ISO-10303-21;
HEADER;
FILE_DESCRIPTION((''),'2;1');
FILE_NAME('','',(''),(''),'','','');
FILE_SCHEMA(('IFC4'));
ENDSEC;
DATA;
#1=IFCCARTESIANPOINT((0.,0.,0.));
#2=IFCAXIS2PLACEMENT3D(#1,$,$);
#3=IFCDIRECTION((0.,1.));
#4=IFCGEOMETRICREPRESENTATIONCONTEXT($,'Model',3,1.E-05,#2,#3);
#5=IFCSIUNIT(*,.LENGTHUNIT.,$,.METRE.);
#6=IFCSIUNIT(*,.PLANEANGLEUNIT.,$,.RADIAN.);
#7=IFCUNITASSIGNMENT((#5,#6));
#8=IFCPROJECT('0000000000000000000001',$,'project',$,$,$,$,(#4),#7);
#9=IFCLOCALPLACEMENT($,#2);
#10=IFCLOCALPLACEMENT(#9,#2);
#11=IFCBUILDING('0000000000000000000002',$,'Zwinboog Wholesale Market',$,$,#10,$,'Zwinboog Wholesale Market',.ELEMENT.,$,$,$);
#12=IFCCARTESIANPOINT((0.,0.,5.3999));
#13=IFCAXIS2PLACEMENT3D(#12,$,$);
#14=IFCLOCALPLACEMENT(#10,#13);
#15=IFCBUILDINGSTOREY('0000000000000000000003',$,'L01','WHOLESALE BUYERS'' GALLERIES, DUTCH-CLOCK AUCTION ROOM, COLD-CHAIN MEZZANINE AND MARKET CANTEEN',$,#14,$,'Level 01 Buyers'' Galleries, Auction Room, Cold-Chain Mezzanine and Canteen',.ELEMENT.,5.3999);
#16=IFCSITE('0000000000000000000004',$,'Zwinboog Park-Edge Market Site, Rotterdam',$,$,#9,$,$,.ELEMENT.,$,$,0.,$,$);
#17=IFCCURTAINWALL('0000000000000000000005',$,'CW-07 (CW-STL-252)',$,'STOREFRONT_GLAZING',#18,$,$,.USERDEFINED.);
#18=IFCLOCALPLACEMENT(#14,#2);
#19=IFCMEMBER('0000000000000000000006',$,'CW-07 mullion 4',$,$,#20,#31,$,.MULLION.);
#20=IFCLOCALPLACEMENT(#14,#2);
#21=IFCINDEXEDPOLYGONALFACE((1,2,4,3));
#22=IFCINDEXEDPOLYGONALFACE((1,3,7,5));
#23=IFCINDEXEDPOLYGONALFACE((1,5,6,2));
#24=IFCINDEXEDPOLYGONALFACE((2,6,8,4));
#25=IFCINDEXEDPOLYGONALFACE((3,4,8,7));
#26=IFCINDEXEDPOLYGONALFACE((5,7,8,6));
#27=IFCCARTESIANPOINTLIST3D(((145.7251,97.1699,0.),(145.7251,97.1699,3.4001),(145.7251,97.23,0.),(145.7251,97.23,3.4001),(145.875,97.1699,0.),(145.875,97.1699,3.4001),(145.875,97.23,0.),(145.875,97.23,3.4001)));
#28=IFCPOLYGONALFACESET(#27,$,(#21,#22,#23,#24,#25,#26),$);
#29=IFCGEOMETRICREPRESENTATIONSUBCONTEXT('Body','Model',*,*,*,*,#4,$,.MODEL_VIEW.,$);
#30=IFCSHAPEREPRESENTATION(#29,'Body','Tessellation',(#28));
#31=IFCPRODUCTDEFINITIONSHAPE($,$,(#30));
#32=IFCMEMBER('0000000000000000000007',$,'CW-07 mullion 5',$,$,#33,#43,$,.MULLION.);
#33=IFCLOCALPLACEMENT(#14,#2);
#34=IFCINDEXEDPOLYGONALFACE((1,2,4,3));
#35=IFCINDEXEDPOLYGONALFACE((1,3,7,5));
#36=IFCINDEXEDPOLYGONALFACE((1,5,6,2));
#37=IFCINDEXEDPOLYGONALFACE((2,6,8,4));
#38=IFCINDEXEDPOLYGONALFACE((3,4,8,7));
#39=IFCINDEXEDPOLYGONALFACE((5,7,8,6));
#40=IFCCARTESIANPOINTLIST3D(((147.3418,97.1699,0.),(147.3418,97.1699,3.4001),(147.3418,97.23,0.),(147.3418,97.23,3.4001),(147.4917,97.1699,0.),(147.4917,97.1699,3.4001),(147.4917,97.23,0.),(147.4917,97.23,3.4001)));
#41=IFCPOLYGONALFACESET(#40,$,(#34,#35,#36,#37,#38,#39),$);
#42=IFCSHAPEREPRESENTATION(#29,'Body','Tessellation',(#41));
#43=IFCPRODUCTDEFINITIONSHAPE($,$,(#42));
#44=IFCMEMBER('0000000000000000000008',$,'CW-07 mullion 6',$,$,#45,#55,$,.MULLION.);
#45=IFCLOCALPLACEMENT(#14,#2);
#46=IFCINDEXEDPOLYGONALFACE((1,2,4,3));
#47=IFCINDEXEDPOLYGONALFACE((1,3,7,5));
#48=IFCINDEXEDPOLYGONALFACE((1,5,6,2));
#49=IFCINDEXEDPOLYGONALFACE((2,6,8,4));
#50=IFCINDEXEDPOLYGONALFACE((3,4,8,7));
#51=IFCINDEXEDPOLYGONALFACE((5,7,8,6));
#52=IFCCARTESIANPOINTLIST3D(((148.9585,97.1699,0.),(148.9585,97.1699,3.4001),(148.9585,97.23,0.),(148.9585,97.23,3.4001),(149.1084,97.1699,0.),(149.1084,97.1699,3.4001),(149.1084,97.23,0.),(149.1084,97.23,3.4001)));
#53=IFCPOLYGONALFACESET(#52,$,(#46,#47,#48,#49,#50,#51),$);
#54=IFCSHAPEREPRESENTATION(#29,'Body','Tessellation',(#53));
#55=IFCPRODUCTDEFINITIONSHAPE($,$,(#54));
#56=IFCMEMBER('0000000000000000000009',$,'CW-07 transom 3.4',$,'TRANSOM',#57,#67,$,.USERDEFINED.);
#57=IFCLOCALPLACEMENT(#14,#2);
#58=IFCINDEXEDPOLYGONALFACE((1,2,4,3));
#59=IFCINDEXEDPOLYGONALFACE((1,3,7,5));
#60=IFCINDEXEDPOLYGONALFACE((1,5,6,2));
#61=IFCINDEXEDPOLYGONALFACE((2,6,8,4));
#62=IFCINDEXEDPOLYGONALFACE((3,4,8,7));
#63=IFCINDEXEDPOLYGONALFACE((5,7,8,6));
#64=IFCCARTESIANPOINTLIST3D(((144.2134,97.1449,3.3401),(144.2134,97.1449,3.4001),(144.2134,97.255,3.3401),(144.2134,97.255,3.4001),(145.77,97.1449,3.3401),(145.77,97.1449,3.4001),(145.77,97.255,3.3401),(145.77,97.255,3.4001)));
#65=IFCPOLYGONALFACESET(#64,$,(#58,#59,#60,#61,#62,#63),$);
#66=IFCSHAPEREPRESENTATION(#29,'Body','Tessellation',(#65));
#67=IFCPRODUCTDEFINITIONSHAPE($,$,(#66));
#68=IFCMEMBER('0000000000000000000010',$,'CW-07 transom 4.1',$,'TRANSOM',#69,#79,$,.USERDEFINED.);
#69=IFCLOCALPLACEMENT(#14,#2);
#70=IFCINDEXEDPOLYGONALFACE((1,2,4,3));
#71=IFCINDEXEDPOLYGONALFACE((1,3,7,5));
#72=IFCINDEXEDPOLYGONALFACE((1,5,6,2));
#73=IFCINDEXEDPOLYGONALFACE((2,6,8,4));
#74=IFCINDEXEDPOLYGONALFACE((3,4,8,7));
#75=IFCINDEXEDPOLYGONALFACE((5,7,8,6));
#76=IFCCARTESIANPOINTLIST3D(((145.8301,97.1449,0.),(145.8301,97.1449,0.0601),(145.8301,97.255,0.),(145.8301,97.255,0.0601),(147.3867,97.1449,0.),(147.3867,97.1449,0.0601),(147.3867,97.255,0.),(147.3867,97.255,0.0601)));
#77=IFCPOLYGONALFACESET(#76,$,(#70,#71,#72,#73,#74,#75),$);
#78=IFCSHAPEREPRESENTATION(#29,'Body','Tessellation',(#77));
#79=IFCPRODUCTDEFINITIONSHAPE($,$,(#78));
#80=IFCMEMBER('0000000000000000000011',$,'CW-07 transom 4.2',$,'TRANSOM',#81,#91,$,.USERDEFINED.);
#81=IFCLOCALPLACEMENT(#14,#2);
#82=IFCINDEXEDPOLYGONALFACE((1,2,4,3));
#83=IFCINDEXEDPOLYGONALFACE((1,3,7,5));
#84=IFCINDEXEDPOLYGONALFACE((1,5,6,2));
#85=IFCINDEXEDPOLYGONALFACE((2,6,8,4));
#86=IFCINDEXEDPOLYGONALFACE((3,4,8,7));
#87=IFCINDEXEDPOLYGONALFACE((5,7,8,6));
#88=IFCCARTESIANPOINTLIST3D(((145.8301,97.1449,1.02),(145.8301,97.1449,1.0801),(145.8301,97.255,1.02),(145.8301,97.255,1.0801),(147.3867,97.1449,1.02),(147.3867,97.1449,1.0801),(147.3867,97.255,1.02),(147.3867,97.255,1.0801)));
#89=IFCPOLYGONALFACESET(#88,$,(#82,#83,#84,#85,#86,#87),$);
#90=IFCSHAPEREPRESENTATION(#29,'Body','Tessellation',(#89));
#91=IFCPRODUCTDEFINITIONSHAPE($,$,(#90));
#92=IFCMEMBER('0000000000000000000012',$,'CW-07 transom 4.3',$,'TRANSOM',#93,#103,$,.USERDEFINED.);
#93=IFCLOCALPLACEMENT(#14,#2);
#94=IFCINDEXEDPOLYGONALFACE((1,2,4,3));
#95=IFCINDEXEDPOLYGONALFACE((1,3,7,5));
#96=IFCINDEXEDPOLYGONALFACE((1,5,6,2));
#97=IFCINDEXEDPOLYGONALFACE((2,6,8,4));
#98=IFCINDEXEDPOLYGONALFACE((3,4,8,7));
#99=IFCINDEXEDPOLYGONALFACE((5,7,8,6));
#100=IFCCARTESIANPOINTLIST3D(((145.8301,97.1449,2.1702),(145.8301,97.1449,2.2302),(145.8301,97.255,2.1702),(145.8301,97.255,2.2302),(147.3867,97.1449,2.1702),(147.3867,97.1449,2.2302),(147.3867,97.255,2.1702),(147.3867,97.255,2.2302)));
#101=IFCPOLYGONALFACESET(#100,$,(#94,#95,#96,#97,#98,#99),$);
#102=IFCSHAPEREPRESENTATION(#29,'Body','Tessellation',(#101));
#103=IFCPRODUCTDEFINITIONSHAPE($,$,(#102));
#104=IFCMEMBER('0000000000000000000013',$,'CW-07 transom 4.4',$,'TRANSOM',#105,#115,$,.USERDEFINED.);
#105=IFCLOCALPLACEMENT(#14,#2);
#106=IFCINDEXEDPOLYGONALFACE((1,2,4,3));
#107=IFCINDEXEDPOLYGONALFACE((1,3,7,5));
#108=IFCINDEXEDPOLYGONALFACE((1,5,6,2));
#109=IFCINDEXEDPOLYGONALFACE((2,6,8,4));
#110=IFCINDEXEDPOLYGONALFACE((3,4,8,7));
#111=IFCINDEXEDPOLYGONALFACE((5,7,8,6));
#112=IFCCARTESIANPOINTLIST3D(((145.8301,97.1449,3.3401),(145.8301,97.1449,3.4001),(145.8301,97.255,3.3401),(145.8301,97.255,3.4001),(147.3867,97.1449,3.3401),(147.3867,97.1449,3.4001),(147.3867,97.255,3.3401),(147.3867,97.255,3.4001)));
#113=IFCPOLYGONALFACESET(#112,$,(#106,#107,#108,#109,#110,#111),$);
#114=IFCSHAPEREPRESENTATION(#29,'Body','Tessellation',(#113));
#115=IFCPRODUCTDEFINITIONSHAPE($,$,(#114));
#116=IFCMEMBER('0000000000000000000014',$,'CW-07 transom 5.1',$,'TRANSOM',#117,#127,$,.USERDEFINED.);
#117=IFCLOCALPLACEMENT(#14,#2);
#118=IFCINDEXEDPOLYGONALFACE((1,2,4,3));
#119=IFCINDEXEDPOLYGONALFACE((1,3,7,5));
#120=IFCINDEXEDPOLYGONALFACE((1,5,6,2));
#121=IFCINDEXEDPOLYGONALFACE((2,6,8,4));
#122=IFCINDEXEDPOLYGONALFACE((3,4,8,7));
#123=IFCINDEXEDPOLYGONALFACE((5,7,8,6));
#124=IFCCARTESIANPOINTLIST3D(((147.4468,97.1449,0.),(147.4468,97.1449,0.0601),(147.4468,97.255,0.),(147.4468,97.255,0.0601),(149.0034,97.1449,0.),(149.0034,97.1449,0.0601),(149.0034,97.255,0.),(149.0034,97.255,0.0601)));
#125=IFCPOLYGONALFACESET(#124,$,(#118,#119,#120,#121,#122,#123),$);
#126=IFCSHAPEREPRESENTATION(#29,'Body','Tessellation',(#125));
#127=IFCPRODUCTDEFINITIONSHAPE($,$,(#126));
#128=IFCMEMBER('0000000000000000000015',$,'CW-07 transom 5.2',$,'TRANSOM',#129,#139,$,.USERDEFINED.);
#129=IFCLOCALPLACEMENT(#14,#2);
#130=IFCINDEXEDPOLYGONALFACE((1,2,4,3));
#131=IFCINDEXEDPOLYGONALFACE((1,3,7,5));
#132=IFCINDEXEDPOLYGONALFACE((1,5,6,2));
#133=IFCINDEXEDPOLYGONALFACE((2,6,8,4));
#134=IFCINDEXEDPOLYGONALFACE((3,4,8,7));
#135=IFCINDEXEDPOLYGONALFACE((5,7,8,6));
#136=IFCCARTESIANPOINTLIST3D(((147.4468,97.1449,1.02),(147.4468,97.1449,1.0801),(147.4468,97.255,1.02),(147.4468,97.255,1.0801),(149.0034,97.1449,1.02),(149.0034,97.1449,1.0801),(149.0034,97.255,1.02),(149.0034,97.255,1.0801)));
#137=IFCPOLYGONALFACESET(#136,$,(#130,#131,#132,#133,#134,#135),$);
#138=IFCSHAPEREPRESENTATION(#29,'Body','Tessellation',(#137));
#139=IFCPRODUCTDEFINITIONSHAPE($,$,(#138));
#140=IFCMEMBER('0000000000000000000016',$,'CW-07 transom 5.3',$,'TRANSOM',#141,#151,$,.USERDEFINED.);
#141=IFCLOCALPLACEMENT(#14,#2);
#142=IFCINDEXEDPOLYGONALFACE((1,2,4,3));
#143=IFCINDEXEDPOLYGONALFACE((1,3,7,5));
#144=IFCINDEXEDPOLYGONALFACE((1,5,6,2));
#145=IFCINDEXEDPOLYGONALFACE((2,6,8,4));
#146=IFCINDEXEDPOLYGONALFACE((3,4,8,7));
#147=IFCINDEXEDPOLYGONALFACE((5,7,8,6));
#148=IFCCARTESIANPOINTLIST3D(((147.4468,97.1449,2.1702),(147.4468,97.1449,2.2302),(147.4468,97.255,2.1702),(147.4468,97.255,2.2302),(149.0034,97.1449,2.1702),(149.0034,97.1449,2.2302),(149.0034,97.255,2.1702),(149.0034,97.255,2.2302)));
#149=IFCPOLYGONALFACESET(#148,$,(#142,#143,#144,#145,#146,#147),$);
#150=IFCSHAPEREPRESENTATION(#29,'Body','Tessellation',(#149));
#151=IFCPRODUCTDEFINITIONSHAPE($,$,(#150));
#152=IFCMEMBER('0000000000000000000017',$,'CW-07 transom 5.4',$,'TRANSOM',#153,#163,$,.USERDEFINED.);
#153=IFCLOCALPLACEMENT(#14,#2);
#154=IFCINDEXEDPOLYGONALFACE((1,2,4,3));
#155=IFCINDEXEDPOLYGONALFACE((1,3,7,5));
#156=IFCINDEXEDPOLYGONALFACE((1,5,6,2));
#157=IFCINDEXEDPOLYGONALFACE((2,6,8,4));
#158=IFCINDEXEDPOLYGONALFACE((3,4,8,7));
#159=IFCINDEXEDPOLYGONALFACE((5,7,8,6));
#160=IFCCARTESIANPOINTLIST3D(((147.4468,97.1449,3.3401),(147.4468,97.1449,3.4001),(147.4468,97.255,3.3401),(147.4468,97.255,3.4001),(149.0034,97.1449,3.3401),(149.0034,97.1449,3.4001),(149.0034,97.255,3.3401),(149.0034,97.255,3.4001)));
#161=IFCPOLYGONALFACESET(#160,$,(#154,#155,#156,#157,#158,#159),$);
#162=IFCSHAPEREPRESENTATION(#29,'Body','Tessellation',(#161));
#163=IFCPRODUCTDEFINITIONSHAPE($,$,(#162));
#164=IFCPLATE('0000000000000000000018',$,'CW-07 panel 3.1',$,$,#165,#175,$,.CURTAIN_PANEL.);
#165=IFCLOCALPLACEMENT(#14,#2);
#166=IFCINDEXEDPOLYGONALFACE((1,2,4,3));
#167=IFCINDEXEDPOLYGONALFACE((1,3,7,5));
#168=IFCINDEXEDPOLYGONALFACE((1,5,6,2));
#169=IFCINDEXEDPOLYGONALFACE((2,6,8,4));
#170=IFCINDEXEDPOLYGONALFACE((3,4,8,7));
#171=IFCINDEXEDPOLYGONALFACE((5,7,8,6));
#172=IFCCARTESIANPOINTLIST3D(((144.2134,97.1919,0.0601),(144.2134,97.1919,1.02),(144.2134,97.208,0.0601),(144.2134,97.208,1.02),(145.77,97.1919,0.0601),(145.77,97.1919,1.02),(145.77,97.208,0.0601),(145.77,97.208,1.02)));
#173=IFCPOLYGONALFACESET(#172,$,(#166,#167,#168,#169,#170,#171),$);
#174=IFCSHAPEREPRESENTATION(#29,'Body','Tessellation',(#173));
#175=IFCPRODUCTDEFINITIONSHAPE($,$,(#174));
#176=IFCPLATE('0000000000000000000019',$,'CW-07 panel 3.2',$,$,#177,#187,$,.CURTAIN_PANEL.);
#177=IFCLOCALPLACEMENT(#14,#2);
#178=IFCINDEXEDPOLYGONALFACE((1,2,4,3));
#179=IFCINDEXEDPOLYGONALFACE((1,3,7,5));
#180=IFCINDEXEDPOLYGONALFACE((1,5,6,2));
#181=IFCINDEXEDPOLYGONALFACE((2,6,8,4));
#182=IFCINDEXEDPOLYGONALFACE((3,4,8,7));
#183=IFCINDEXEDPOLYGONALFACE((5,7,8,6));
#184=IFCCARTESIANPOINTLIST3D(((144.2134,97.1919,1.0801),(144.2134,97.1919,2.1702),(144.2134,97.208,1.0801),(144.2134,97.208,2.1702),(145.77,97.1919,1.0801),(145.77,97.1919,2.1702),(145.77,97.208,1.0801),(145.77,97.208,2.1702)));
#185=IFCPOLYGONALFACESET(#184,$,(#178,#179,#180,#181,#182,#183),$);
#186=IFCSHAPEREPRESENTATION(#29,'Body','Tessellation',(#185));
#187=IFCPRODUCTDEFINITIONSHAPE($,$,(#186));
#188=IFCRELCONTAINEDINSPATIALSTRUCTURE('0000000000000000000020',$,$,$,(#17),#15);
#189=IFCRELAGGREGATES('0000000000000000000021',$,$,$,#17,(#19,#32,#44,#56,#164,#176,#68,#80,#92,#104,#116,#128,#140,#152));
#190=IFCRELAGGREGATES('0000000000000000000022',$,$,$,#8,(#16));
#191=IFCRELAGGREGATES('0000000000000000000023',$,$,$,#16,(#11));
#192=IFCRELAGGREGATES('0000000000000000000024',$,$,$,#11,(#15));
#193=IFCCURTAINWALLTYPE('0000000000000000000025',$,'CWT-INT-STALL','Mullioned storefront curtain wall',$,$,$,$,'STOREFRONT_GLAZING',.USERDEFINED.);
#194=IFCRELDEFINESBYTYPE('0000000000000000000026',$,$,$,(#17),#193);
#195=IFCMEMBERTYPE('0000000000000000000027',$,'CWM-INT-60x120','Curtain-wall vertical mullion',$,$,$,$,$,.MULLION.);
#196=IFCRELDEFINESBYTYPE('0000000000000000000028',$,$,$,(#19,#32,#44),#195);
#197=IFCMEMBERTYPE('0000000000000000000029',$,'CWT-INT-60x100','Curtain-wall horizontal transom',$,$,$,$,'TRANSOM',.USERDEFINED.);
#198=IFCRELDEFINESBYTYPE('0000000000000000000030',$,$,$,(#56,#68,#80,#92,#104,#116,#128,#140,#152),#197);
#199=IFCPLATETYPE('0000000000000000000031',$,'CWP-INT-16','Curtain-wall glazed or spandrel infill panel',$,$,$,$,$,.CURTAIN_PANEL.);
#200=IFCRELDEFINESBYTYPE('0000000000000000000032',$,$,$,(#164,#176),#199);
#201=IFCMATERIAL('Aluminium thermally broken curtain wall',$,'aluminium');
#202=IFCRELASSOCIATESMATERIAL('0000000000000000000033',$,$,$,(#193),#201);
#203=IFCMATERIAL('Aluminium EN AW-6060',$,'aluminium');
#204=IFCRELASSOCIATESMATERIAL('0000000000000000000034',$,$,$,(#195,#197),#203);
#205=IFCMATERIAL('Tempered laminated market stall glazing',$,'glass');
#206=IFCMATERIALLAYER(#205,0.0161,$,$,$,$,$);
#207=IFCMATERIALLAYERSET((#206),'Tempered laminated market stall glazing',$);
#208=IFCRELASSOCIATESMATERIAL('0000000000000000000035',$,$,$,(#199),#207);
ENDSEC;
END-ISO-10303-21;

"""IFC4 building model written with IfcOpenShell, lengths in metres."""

from ifc_helpers import new_model, si_unit, direction, frame, origin, origin_2d, place, context, subcontext, project, spatial, rectangle, extrude, material, layer, layer_set, material_profile, profile_set, type_object, element, aggregate, save


model = new_model("IFC4")

# Units and contexts
model_context = context("Model", 3, precision=1e-05, world=origin(), true_north=direction((0.0, 1.0)))
body_context = subcontext(model_context, "Body", "Model", "MODEL_VIEW")
ifc_project = project(units=[si_unit("LENGTHUNIT", "METRE"), si_unit("PLANEANGLEUNIT", "RADIAN")], contexts=[model_context])

# Site, building, storey
site_placement = place(None, origin())
site = spatial("IfcSite", under=ifc_project, at=site_placement, Name="Zwinboog Park-Edge Market Site, Rotterdam", CompositionType="ELEMENT", RefElevation=0.0)
building_placement = place(site_placement, origin())
building = spatial("IfcBuilding", under=site, at=building_placement, Name="Zwinboog Wholesale Market", LongName="Zwinboog Wholesale Market", CompositionType="ELEMENT")
storey_placement = place(building_placement, frame((0.0, 0.0, 5.3999)))
storey = spatial("IfcBuildingStorey", under=building, at=storey_placement, Name="L01", Description="WHOLESALE BUYERS' GALLERIES, DUTCH-CLOCK AUCTION ROOM, COLD-CHAIN MEZZANINE AND MARKET CANTEEN", LongName="Level 01 Buyers' Galleries, Auction Room, Cold-Chain Mezzanine and Canteen", CompositionType="ELEMENT", Elevation=5.3999)

# Curtain wall, members, plates
ifc_material_1 = material(Name="Aluminium thermally broken curtain wall", Category="aluminium")
curtain_wall_type = type_object("IfcCurtainWallType", Name="CWT-INT-STALL", Description="Mullioned storefront curtain wall", ElementType="STOREFRONT_GLAZING", PredefinedType="USERDEFINED", material=ifc_material_1)
curtain_wall_placement = place(storey_placement, origin())
curtain_wall = element("IfcCurtainWall", 1, at=curtain_wall_placement, inside=storey, type_object=curtain_wall_type, Name="CW-07 (CW-STL-252)", ObjectType="STOREFRONT_GLAZING", PredefinedType="USERDEFINED")
ifc_material_2 = material(Name="Aluminium EN AW-6060", Category="aluminium")
ifc_material_profile_1 = material_profile(ifc_material_2, rectangle(XDim=0.0601, YDim=0.1499, at=origin_2d()), Name="AL 60x150")
ifc_profile_set_1 = profile_set([ifc_material_profile_1], Name="Aluminium EN AW-6060")
member_type_1 = type_object("IfcMemberType", Name="CWM-INT-60x120", Description="Curtain-wall vertical mullion", PredefinedType="MULLION", material=ifc_profile_set_1)
member_1_placement = place(storey_placement, frame((145.8, 97.2, 0.0), z_axis=(0.0, 0.0, 1.0), x_axis=(0.0, 1.0, 0.0)))
member_1 = element("IfcMember", 2, at=member_1_placement, type_object=member_type_1, Name="CW-07 mullion 4", PredefinedType="MULLION", context=body_context, shape_type="SweptSolid", body=[
    extrude(rectangle(XDim=0.0601, YDim=0.1499, at=origin_2d()), origin(), (0.0, 0.0, 1.0), 3.4001),
])
member_2_placement = place(storey_placement, frame((147.4167, 97.2, 0.0), z_axis=(0.0, 0.0, 1.0), x_axis=(0.0, 1.0, 0.0)))
member_2 = element("IfcMember", 3, at=member_2_placement, type_object=member_type_1, Name="CW-07 mullion 5", PredefinedType="MULLION", context=body_context, shape_type="SweptSolid", body=[
    extrude(rectangle(XDim=0.0601, YDim=0.1499, at=origin_2d()), origin(), (0.0, 0.0, 1.0), 3.4001),
])
member_3_placement = place(storey_placement, frame((149.0334, 97.2, 0.0), z_axis=(0.0, 0.0, 1.0), x_axis=(0.0, 1.0, 0.0)))
member_3 = element("IfcMember", 4, at=member_3_placement, type_object=member_type_1, Name="CW-07 mullion 6", PredefinedType="MULLION", context=body_context, shape_type="SweptSolid", body=[
    extrude(rectangle(XDim=0.0601, YDim=0.1499, at=origin_2d()), origin(), (0.0, 0.0, 1.0), 3.4001),
])
ifc_material_profile_2 = material_profile(ifc_material_2, rectangle(XDim=0.1101, YDim=0.0601, at=origin_2d()), Name="AL 60x110")
ifc_profile_set_2 = profile_set([ifc_material_profile_2], Name="Aluminium EN AW-6060")
member_type_2 = type_object("IfcMemberType", Name="CWT-INT-60x100", Description="Curtain-wall horizontal transom", ElementType="TRANSOM", PredefinedType="USERDEFINED", material=ifc_profile_set_2)
member_4_placement = place(storey_placement, frame((144.2134, 97.2, 3.3701), z_axis=(1.0, 0.0, 0.0), x_axis=(0.0, 1.0, 0.0)))
member_4 = element("IfcMember", 5, at=member_4_placement, type_object=member_type_2, Name="CW-07 transom 3.4", ObjectType="TRANSOM", PredefinedType="USERDEFINED", context=body_context, shape_type="SweptSolid", body=[
    extrude(rectangle(XDim=0.1101, YDim=0.0601, at=origin_2d()), origin(), (0.0, 0.0, 1.0), 1.5566),
])
member_5_placement = place(storey_placement, frame((145.8301, 97.2, 0.03), z_axis=(1.0, 0.0, 0.0), x_axis=(0.0, 1.0, 0.0)))
member_5 = element("IfcMember", 6, at=member_5_placement, type_object=member_type_2, Name="CW-07 transom 4.1", ObjectType="TRANSOM", PredefinedType="USERDEFINED", context=body_context, shape_type="SweptSolid", body=[
    extrude(rectangle(XDim=0.1101, YDim=0.0601, at=origin_2d()), origin(), (0.0, 0.0, 1.0), 1.5566),
])
member_6_placement = place(storey_placement, frame((145.8301, 97.2, 1.05), z_axis=(1.0, 0.0, 0.0), x_axis=(0.0, 1.0, 0.0)))
member_6 = element("IfcMember", 7, at=member_6_placement, type_object=member_type_2, Name="CW-07 transom 4.2", ObjectType="TRANSOM", PredefinedType="USERDEFINED", context=body_context, shape_type="SweptSolid", body=[
    extrude(rectangle(XDim=0.1101, YDim=0.0601, at=origin_2d()), origin(), (0.0, 0.0, 1.0), 1.5566),
])
member_7_placement = place(storey_placement, frame((145.8301, 97.2, 2.2002), z_axis=(1.0, 0.0, 0.0), x_axis=(0.0, 1.0, 0.0)))
member_7 = element("IfcMember", 8, at=member_7_placement, type_object=member_type_2, Name="CW-07 transom 4.3", ObjectType="TRANSOM", PredefinedType="USERDEFINED", context=body_context, shape_type="SweptSolid", body=[
    extrude(rectangle(XDim=0.1101, YDim=0.0601, at=origin_2d()), origin(), (0.0, 0.0, 1.0), 1.5566),
])
member_8_placement = place(storey_placement, frame((145.8301, 97.2, 3.3701), z_axis=(1.0, 0.0, 0.0), x_axis=(0.0, 1.0, 0.0)))
member_8 = element("IfcMember", 9, at=member_8_placement, type_object=member_type_2, Name="CW-07 transom 4.4", ObjectType="TRANSOM", PredefinedType="USERDEFINED", context=body_context, shape_type="SweptSolid", body=[
    extrude(rectangle(XDim=0.1101, YDim=0.0601, at=origin_2d()), origin(), (0.0, 0.0, 1.0), 1.5566),
])
member_9_placement = place(storey_placement, frame((147.4468, 97.2, 0.03), z_axis=(1.0, 0.0, 0.0), x_axis=(0.0, 1.0, 0.0)))
member_9 = element("IfcMember", 10, at=member_9_placement, type_object=member_type_2, Name="CW-07 transom 5.1", ObjectType="TRANSOM", PredefinedType="USERDEFINED", context=body_context, shape_type="SweptSolid", body=[
    extrude(rectangle(XDim=0.1101, YDim=0.0601, at=origin_2d()), origin(), (0.0, 0.0, 1.0), 1.5566),
])
member_10_placement = place(storey_placement, frame((147.4468, 97.2, 1.05), z_axis=(1.0, 0.0, 0.0), x_axis=(0.0, 1.0, 0.0)))
member_10 = element("IfcMember", 11, at=member_10_placement, type_object=member_type_2, Name="CW-07 transom 5.2", ObjectType="TRANSOM", PredefinedType="USERDEFINED", context=body_context, shape_type="SweptSolid", body=[
    extrude(rectangle(XDim=0.1101, YDim=0.0601, at=origin_2d()), origin(), (0.0, 0.0, 1.0), 1.5566),
])
member_11_placement = place(storey_placement, frame((147.4468, 97.2, 2.2002), z_axis=(1.0, 0.0, 0.0), x_axis=(0.0, 1.0, 0.0)))
member_11 = element("IfcMember", 12, at=member_11_placement, type_object=member_type_2, Name="CW-07 transom 5.3", ObjectType="TRANSOM", PredefinedType="USERDEFINED", context=body_context, shape_type="SweptSolid", body=[
    extrude(rectangle(XDim=0.1101, YDim=0.0601, at=origin_2d()), origin(), (0.0, 0.0, 1.0), 1.5566),
])
member_12_placement = place(storey_placement, frame((147.4468, 97.2, 3.3701), z_axis=(1.0, 0.0, 0.0), x_axis=(0.0, 1.0, 0.0)))
member_12 = element("IfcMember", 13, at=member_12_placement, type_object=member_type_2, Name="CW-07 transom 5.4", ObjectType="TRANSOM", PredefinedType="USERDEFINED", context=body_context, shape_type="SweptSolid", body=[
    extrude(rectangle(XDim=0.1101, YDim=0.0601, at=origin_2d()), origin(), (0.0, 0.0, 1.0), 1.5566),
])
ifc_material_3 = material(Name="Tempered laminated market stall glazing", Category="glass")
ifc_layer = layer(ifc_material_3, 0.0161)
ifc_layer_set = layer_set([ifc_layer], Name="Tempered laminated market stall glazing")
plate_type = type_object("IfcPlateType", Name="CWP-INT-16", Description="Curtain-wall glazed or spandrel infill panel", PredefinedType="CURTAIN_PANEL", material=ifc_layer_set)
plate_1_placement = place(storey_placement, frame((144.9917, 97.2, 0.0601), z_axis=(0.0, 0.0, 1.0), x_axis=(1.0, 0.0, 0.0)))
plate_1 = element("IfcPlate", 14, at=plate_1_placement, type_object=plate_type, Name="CW-07 panel 3.1", PredefinedType="CURTAIN_PANEL", context=body_context, shape_type="SweptSolid", body=[
    extrude(rectangle(XDim=1.5566, YDim=0.0161, at=origin_2d()), origin(), (0.0, 0.0, 1.0), 0.96),
])
plate_2_placement = place(storey_placement, frame((144.9917, 97.2, 1.0801), z_axis=(0.0, 0.0, 1.0), x_axis=(1.0, 0.0, 0.0)))
plate_2 = element("IfcPlate", 15, at=plate_2_placement, type_object=plate_type, Name="CW-07 panel 3.2", PredefinedType="CURTAIN_PANEL", context=body_context, shape_type="SweptSolid", body=[
    extrude(rectangle(XDim=1.5566, YDim=0.0161, at=origin_2d()), origin(), (0.0, 0.0, 1.0), 1.0901),
])
aggregate(curtain_wall, [member_1, member_2, member_3, member_4, plate_1, plate_2, member_5, member_6, member_7, member_8, member_9, member_10, member_11, member_12])

save(model, "model.ifc")
